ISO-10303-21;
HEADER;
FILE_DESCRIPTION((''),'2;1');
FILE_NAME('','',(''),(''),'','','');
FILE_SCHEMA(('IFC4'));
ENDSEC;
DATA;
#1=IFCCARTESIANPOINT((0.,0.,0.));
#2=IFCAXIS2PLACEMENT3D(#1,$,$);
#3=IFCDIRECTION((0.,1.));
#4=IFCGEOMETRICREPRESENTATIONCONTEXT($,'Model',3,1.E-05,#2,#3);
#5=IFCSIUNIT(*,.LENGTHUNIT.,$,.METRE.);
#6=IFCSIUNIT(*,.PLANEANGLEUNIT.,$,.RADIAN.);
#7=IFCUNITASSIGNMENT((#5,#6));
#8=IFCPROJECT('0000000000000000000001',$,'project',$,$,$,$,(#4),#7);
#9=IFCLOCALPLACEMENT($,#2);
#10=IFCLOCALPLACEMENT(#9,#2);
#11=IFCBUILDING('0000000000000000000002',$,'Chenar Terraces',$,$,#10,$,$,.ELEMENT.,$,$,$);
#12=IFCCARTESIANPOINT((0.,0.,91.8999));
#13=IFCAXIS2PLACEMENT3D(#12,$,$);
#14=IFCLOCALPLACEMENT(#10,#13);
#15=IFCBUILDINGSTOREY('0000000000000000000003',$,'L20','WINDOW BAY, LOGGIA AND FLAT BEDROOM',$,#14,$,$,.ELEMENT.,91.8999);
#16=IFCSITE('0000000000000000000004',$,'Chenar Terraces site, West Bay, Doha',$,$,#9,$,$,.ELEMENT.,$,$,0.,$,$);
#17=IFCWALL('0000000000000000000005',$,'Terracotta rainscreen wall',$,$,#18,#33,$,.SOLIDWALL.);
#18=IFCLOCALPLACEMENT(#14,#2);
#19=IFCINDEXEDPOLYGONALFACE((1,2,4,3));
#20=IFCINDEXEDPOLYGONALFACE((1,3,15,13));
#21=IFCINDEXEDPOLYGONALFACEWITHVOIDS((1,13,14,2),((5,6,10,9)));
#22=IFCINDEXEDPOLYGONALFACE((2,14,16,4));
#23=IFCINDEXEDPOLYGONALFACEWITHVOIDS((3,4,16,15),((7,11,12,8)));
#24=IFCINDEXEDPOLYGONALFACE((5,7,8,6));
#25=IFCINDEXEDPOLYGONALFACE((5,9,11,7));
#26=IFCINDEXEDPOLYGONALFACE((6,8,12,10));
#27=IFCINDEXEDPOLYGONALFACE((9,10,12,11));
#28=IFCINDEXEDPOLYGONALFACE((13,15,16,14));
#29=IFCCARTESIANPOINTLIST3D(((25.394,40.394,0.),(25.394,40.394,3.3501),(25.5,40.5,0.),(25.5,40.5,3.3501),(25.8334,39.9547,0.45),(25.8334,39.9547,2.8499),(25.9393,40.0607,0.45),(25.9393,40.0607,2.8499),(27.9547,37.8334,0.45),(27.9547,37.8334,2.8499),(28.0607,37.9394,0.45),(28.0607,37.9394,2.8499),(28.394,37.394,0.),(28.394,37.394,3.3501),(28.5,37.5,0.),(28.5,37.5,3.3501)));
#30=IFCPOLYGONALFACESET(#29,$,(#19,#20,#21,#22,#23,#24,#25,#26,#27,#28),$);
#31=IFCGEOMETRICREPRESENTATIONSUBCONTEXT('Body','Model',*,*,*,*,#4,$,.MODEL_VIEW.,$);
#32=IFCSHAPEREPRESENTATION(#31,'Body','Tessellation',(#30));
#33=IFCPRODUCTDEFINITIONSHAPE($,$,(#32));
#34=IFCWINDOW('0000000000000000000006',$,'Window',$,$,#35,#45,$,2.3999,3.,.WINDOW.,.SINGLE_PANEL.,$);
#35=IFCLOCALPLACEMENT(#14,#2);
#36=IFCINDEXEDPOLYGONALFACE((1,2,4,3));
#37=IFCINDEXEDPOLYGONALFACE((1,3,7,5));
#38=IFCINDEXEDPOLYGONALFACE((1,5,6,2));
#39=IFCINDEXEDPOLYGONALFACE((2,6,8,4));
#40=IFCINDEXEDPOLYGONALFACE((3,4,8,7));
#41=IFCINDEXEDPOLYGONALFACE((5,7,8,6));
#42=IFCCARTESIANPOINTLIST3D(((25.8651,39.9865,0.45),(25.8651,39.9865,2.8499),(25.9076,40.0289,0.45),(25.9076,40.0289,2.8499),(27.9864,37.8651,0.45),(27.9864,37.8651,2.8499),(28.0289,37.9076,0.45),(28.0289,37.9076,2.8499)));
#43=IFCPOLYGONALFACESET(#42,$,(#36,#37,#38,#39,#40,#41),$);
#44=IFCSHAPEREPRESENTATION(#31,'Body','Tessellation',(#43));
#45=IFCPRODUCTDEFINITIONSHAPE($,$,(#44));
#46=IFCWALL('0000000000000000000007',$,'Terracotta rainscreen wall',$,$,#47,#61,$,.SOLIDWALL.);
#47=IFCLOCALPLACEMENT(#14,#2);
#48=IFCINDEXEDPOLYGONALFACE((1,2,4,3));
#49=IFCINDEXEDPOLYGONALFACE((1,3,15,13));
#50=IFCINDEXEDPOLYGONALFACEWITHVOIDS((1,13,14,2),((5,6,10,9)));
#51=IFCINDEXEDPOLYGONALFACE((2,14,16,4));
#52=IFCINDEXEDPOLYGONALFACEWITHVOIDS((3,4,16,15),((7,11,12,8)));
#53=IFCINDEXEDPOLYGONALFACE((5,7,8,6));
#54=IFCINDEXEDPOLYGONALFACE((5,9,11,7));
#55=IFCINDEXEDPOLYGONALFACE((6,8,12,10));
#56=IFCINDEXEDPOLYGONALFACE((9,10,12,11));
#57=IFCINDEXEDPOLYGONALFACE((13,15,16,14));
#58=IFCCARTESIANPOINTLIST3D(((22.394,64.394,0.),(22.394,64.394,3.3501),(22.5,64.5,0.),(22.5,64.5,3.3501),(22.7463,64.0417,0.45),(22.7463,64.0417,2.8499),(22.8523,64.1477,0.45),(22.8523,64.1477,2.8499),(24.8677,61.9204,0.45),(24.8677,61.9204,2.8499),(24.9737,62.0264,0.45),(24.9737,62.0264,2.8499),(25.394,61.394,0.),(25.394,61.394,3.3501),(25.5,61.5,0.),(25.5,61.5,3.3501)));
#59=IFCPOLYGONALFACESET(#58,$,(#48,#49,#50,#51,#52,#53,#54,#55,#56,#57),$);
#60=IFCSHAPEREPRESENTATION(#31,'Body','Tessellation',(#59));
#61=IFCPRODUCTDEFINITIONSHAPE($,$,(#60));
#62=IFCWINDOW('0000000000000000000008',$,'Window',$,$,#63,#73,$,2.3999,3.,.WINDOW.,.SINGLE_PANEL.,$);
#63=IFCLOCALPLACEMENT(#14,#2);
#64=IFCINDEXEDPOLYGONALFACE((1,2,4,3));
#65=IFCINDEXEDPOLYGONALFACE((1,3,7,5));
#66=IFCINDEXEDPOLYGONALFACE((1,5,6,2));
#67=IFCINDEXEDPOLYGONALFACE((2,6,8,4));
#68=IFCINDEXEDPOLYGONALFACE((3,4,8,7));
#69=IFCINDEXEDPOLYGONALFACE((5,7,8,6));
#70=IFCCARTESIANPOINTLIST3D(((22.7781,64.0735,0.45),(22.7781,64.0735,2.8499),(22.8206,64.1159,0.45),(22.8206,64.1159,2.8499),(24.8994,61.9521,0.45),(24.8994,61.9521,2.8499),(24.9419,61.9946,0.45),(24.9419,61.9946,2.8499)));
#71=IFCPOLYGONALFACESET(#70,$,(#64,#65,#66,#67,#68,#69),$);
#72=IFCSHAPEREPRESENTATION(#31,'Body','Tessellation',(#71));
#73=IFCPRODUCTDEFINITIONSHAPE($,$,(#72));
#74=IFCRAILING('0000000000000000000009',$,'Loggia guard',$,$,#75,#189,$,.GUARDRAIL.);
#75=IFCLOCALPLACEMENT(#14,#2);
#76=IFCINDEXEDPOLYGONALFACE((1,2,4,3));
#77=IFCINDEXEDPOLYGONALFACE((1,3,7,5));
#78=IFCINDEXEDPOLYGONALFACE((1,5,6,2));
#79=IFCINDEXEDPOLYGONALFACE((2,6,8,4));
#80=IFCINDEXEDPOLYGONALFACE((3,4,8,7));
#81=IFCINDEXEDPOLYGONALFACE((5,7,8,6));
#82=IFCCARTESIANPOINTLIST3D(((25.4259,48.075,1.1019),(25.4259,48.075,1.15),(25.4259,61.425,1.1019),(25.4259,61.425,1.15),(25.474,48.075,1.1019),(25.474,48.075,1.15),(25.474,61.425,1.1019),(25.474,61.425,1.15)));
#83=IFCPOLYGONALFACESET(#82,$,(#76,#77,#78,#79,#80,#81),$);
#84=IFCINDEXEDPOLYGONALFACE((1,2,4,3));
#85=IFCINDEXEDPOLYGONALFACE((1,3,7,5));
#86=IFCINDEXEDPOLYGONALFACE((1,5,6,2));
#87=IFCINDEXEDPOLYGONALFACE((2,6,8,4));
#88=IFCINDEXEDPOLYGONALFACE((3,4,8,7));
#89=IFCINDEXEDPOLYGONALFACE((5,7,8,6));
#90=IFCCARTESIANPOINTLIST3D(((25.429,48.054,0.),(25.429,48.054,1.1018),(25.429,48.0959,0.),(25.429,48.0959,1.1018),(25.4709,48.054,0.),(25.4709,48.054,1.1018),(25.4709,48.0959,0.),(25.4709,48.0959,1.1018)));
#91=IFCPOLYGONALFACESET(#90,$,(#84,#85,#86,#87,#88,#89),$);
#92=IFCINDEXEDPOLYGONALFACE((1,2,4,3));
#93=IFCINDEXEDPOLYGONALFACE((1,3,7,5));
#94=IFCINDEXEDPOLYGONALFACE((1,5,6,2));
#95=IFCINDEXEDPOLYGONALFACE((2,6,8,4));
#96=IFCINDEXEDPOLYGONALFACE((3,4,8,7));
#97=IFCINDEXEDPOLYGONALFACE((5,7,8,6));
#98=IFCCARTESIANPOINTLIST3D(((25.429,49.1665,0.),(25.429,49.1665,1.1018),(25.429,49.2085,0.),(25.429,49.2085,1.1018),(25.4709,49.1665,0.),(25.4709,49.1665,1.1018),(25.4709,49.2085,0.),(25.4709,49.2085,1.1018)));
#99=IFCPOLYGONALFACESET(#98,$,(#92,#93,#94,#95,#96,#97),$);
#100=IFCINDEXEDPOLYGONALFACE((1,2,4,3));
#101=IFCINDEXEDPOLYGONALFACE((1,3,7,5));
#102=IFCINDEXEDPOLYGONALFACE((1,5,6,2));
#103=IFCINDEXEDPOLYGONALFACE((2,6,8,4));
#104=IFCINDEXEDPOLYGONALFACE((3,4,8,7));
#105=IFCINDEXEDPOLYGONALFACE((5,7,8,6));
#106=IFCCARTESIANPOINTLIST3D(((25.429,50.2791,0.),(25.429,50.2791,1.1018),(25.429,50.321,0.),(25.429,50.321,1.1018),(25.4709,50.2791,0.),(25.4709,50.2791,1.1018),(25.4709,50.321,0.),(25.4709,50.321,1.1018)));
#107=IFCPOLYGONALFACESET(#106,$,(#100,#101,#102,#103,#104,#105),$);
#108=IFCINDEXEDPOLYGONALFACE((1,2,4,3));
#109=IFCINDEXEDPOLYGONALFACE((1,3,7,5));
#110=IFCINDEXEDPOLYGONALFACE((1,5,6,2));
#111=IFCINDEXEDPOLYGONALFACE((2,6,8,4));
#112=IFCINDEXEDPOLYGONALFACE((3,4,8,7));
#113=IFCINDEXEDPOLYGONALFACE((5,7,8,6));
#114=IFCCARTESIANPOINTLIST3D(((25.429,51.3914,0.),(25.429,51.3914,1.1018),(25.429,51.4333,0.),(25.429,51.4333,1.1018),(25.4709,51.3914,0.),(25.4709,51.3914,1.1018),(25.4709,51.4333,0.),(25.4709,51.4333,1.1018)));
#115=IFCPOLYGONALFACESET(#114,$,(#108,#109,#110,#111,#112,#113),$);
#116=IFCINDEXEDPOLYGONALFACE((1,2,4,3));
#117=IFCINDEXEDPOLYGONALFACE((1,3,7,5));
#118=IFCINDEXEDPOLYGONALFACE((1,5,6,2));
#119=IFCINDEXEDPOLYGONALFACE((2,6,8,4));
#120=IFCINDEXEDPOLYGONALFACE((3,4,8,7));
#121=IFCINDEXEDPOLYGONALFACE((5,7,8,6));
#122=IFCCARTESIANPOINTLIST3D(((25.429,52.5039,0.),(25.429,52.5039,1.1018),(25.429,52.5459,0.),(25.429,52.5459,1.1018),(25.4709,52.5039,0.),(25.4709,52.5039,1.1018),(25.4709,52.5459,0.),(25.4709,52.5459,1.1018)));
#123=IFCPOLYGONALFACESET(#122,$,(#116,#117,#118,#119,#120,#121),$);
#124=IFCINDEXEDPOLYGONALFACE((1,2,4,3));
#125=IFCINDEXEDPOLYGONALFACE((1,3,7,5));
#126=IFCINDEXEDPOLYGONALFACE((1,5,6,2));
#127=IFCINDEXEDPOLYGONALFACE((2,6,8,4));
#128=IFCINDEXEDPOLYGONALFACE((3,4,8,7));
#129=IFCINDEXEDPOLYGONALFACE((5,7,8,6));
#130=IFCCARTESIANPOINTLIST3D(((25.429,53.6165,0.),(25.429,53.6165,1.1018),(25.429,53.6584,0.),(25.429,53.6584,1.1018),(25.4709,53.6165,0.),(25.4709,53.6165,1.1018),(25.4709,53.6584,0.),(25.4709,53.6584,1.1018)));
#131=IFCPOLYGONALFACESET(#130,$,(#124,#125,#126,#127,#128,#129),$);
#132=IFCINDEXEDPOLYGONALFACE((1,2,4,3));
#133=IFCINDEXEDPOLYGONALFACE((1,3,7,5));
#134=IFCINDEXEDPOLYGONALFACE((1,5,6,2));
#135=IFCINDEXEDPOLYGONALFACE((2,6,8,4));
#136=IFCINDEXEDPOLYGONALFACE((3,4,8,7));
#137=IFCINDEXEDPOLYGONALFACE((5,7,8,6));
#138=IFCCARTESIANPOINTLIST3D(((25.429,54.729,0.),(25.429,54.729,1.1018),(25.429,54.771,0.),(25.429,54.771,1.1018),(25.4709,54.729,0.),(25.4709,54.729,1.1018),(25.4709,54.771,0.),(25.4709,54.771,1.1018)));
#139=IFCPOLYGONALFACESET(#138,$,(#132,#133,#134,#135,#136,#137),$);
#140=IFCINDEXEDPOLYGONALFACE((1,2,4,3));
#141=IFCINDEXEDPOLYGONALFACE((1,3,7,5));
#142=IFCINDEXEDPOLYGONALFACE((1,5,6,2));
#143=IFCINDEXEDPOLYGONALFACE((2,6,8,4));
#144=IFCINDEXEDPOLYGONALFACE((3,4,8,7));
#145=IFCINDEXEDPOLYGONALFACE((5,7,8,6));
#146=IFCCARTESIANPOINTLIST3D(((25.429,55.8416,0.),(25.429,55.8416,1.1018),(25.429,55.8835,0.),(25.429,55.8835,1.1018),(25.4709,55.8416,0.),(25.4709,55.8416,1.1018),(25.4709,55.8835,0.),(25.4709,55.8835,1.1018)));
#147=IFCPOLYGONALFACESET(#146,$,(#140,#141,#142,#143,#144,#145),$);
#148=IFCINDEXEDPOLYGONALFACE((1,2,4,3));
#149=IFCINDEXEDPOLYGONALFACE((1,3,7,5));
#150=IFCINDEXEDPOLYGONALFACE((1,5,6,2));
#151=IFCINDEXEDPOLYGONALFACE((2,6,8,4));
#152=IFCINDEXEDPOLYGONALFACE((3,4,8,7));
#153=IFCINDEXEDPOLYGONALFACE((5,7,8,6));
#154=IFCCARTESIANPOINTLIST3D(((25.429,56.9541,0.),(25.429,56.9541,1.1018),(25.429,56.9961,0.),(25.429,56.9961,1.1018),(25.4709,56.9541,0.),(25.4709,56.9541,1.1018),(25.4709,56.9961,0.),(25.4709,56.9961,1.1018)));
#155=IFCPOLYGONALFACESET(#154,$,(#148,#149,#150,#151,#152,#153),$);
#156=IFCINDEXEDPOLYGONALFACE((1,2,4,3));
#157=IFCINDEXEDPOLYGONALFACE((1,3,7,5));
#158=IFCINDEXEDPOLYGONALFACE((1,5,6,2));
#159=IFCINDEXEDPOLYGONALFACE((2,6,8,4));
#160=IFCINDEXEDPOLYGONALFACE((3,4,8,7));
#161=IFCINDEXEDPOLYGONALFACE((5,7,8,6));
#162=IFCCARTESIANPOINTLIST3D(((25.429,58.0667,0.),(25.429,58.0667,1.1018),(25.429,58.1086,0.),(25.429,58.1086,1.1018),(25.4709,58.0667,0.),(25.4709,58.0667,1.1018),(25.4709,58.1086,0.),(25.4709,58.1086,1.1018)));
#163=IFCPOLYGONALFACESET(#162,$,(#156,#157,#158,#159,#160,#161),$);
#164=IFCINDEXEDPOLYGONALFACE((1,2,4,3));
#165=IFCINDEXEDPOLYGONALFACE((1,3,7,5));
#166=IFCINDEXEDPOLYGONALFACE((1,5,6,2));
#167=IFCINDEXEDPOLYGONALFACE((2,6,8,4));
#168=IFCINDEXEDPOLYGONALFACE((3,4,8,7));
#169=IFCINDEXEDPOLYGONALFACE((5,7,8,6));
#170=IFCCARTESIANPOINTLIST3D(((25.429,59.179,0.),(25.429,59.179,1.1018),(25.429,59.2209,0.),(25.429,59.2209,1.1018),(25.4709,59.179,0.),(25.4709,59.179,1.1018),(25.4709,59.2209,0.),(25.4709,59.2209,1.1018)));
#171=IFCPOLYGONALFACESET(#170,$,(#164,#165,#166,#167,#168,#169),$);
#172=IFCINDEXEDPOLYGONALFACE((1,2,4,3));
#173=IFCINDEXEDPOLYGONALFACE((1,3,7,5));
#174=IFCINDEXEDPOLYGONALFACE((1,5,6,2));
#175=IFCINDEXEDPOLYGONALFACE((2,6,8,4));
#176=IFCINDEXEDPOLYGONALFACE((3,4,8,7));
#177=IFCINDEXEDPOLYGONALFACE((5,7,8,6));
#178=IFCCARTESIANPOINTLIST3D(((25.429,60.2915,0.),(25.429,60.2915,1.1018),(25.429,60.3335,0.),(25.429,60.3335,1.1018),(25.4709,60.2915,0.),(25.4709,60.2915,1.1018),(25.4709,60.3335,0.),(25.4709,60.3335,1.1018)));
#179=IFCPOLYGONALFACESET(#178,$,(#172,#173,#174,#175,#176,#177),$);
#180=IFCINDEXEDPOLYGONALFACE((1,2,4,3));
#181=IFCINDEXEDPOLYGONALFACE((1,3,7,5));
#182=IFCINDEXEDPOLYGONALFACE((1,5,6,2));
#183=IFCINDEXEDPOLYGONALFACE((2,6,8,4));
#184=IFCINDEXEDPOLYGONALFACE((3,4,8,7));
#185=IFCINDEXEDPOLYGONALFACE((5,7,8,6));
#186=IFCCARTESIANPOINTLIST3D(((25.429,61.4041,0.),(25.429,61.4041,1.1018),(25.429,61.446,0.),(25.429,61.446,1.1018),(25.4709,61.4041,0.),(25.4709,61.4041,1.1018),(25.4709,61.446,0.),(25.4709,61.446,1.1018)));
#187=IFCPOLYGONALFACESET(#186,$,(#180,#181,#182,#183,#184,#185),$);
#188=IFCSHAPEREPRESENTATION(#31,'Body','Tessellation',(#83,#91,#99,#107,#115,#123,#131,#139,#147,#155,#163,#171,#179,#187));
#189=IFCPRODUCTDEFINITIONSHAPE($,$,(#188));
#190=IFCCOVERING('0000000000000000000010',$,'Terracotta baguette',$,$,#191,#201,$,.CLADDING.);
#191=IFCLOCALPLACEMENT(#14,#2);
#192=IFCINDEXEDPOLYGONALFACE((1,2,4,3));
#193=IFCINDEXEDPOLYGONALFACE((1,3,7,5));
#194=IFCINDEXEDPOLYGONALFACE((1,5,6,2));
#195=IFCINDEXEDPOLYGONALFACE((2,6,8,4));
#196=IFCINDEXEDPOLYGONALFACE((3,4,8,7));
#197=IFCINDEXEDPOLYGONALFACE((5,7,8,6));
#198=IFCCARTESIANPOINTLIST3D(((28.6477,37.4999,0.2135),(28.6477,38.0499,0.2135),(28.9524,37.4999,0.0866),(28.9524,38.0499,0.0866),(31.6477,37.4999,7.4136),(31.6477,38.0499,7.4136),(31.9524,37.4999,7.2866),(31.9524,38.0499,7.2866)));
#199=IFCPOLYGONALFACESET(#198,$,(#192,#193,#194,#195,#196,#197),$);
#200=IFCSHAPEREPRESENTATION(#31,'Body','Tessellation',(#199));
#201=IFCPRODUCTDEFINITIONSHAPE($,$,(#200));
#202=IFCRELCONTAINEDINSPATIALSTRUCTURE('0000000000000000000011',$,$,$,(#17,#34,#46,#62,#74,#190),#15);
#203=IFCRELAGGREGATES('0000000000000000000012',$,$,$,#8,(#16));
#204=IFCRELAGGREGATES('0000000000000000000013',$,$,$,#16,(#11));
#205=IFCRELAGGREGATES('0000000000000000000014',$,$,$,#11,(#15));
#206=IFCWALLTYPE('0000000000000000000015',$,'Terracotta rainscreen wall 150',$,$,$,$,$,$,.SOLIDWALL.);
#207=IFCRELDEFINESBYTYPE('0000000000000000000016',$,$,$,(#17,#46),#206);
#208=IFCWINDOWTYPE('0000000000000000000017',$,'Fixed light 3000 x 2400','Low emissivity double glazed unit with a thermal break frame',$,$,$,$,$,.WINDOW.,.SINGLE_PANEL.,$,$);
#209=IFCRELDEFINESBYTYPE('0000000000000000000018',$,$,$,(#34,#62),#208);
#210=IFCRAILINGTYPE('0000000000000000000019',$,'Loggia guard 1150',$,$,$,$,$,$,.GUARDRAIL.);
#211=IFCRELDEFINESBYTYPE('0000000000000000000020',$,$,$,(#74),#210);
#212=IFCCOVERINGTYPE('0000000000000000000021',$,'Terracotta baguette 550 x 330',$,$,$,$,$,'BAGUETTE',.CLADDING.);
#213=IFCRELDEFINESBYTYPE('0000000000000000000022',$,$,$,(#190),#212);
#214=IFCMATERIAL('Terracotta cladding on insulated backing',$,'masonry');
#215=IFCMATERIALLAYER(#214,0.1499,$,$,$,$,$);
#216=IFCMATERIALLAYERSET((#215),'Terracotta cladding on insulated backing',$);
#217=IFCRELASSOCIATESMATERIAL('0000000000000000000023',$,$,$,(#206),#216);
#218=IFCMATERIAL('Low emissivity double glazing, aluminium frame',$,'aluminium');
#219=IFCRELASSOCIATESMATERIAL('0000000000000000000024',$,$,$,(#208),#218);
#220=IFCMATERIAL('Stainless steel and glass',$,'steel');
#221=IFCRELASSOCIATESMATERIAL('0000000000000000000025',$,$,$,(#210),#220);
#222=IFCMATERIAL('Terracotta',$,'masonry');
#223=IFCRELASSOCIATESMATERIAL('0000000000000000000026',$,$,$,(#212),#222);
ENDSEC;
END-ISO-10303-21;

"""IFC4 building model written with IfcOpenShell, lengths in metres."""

from ifc_helpers import new_model, si_unit, direction, frame, frame_2d, origin, origin_2d, place, context, subcontext, project, spatial, rectangle, extrude, material, layer, layer_set, material_profile, profile_set, type_object, element, fill, save


model = new_model("IFC4")

# Units and contexts
model_context = context("Model", 3, precision=1e-05, world=origin(), true_north=direction((0.0, 1.0)))
body_context = subcontext(model_context, "Body", "Model", "MODEL_VIEW")
ifc_project = project(units=[si_unit("LENGTHUNIT", "METRE"), si_unit("PLANEANGLEUNIT", "RADIAN")], contexts=[model_context])

# Site, building, storey
site_placement = place(None, origin())
site = spatial("IfcSite", under=ifc_project, at=site_placement, Name="Chenar Terraces site, West Bay, Doha", CompositionType="ELEMENT", RefElevation=0.0)
building_placement = place(site_placement, origin())
building = spatial("IfcBuilding", under=site, at=building_placement, Name="Chenar Terraces", CompositionType="ELEMENT")
storey_placement = place(building_placement, frame((0.0, 0.0, 91.8999)))
storey = spatial("IfcBuildingStorey", under=building, at=storey_placement, Name="L20", Description="WINDOW BAY, LOGGIA AND FLAT BEDROOM", CompositionType="ELEMENT", Elevation=91.8999)

# Walls, openings, windows
ifc_material_1 = material(Name="Terracotta cladding on insulated backing", Category="masonry")
ifc_layer_1 = layer(ifc_material_1, 0.1499)
ifc_layer_set_1 = layer_set([ifc_layer_1], Name="Terracotta cladding on insulated backing")
wall_type_1 = type_object("IfcWallType", Name="Terracotta rainscreen wall 150", PredefinedType="SOLIDWALL", material=ifc_layer_set_1)
wall_1_placement = place(storey_placement, frame((28.447, 37.447, 0.0), z_axis=(0.0, 0.0, 1.0), x_axis=(-0.707107, 0.707107, 0.0)))
wall_1 = element("IfcWall", 1, at=wall_1_placement, inside=storey, type_object=wall_type_1, Name="Terracotta rainscreen wall", PredefinedType="SOLIDWALL", context=body_context, shape_type="SweptSolid", body=[
    extrude(rectangle(XDim=4.2427, YDim=0.1499, at=frame_2d((2.1213, 0.0))), origin(), (0.0, 0.0, 1.0), 3.3501),
])
opening_1_placement = place(wall_1_placement, frame((0.6213, 0.0, 0.45)))
opening_1 = element("IfcOpeningElement", 2, at=opening_1_placement, cuts=wall_1, PredefinedType="OPENING", context=body_context, shape_type="SweptSolid", body=[
    extrude(rectangle(XDim=3.0, YDim=2.3999, at=frame_2d((1.5, 1.2))), frame((0.0, 0.085, 0.0), z_axis=(0.0, -1.0, 0.0), x_axis=(1.0, 0.0, 0.0)), (0.0, 0.0, 1.0), 0.1699),
])
ifc_material_2 = material(Name="Low emissivity double glazing, aluminium frame", Category="aluminium")
window_type_1 = type_object("IfcWindowType", Name="Fixed light 3000 x 2400", Description="Low emissivity double glazed unit with a thermal break frame", PartitioningType="SINGLE_PANEL", PredefinedType="WINDOW", material=ifc_material_2)
window_1_placement = place(opening_1_placement, origin())
window_1 = element("IfcWindow", 3, at=window_1_placement, inside=storey, type_object=window_type_1, Name="Window", OverallHeight=2.3999, OverallWidth=3.0, PartitioningType="SINGLE_PANEL", PredefinedType="WINDOW", context=body_context, shape_type="SweptSolid", body=[
    extrude(rectangle(XDim=3.0, YDim=2.3999, at=frame_2d((1.5, 1.2))), frame((0.0, 0.03, 0.0), z_axis=(0.0, -1.0, 0.0), x_axis=(1.0, 0.0, 0.0)), (0.0, 0.0, 1.0), 0.0601),
])
fill(opening_1, window_1)
wall_2_placement = place(storey_placement, frame((25.447, 61.447, 0.0), z_axis=(0.0, 0.0, 1.0), x_axis=(-0.707107, 0.707107, 0.0)))
wall_2 = element("IfcWall", 4, at=wall_2_placement, inside=storey, type_object=wall_type_1, Name="Terracotta rainscreen wall", PredefinedType="SOLIDWALL", context=body_context, shape_type="SweptSolid", body=[
    extrude(rectangle(XDim=4.2427, YDim=0.1499, at=frame_2d((2.1213, 0.0))), origin(), (0.0, 0.0, 1.0), 3.3501),
])
opening_2_placement = place(wall_2_placement, frame((0.7444, 0.0, 0.45)))
opening_2 = element("IfcOpeningElement", 5, at=opening_2_placement, cuts=wall_2, PredefinedType="OPENING", context=body_context, shape_type="SweptSolid", body=[
    extrude(rectangle(XDim=3.0, YDim=2.3999, at=frame_2d((1.5, 1.2))), frame((0.0, 0.085, 0.0), z_axis=(0.0, -1.0, 0.0), x_axis=(1.0, 0.0, 0.0)), (0.0, 0.0, 1.0), 0.1699),
])
window_2_placement = place(opening_2_placement, origin())
window_2 = element("IfcWindow", 6, at=window_2_placement, inside=storey, type_object=window_type_1, Name="Window", OverallHeight=2.3999, OverallWidth=3.0, PartitioningType="SINGLE_PANEL", PredefinedType="WINDOW", context=body_context, shape_type="SweptSolid", body=[
    extrude(rectangle(XDim=3.0, YDim=2.3999, at=frame_2d((1.5, 1.2))), frame((0.0, 0.03, 0.0), z_axis=(0.0, -1.0, 0.0), x_axis=(1.0, 0.0, 0.0)), (0.0, 0.0, 1.0), 0.0601),
])
fill(opening_2, window_2)

# Railing
ifc_material_3 = material(Name="Stainless steel and glass", Category="steel")
railing_type = type_object("IfcRailingType", Name="Loggia guard 1150", PredefinedType="GUARDRAIL", material=ifc_material_3)
railing_placement = place(storey_placement, frame((25.45, 48.075, 0.0)))
element("IfcRailing", 7, at=railing_placement, inside=storey, type_object=railing_type, Name="Loggia guard", PredefinedType="GUARDRAIL", context=body_context, shape_type="SweptSolid", body=[
    extrude(rectangle(XDim=0.0481, YDim=0.0481, at=origin_2d()), frame((0.0, 0.0, 1.126), z_axis=(0.0, 1.0, 0.0), x_axis=(-1.0, 0.0, 0.0)), (0.0, 0.0, 1.0), 13.3501),
    extrude(rectangle(XDim=0.042, YDim=0.042, at=origin_2d()), origin(), (0.0, 0.0, 1.0), 1.1018),
    extrude(rectangle(XDim=0.042, YDim=0.042, at=origin_2d()), frame((0.0, 1.1125, 0.0)), (0.0, 0.0, 1.0), 1.1018),
    extrude(rectangle(XDim=0.042, YDim=0.042, at=origin_2d()), frame((0.0, 2.2251, 0.0)), (0.0, 0.0, 1.0), 1.1018),
    extrude(rectangle(XDim=0.042, YDim=0.042, at=origin_2d()), frame((0.0, 3.3374, 0.0)), (0.0, 0.0, 1.0), 1.1018),
    extrude(rectangle(XDim=0.042, YDim=0.042, at=origin_2d()), frame((0.0, 4.45, 0.0)), (0.0, 0.0, 1.0), 1.1018),
    extrude(rectangle(XDim=0.042, YDim=0.042, at=origin_2d()), frame((0.0, 5.5625, 0.0)), (0.0, 0.0, 1.0), 1.1018),
    extrude(rectangle(XDim=0.042, YDim=0.042, at=origin_2d()), frame((0.0, 6.675, 0.0)), (0.0, 0.0, 1.0), 1.1018),
    extrude(rectangle(XDim=0.042, YDim=0.042, at=origin_2d()), frame((0.0, 7.7876, 0.0)), (0.0, 0.0, 1.0), 1.1018),
    extrude(rectangle(XDim=0.042, YDim=0.042, at=origin_2d()), frame((0.0, 8.9001, 0.0)), (0.0, 0.0, 1.0), 1.1018),
    extrude(rectangle(XDim=0.042, YDim=0.042, at=origin_2d()), frame((0.0, 10.0127, 0.0)), (0.0, 0.0, 1.0), 1.1018),
    extrude(rectangle(XDim=0.042, YDim=0.042, at=origin_2d()), frame((0.0, 11.125, 0.0)), (0.0, 0.0, 1.0), 1.1018),
    extrude(rectangle(XDim=0.042, YDim=0.042, at=origin_2d()), frame((0.0, 12.2375, 0.0)), (0.0, 0.0, 1.0), 1.1018),
    extrude(rectangle(XDim=0.042, YDim=0.042, at=origin_2d()), frame((0.0, 13.3501, 0.0)), (0.0, 0.0, 1.0), 1.1018),
])

# Covering
ifc_material_4 = material(Name="Terracotta", Category="masonry")
ifc_material_profile_1 = material_profile(ifc_material_4, rectangle(XDim=0.55, YDim=0.3301, at=origin_2d()), Name="Terracotta baguette 550 x 330")
ifc_profile_set_1 = profile_set([ifc_material_profile_1], Name="Terracotta")
covering_type = type_object("IfcCoveringType", Name="Terracotta baguette 550 x 330", ElementType="BAGUETTE", PredefinedType="CLADDING", material=ifc_profile_set_1)
covering_1_placement = place(storey_placement, frame((31.8, 37.7749, 7.3501), z_axis=(-0.384618, 0.0, -0.923076), x_axis=(0.0, -1.0, 0.0)))
element("IfcCovering", 8, at=covering_1_placement, inside=storey, type_object=covering_type, Name="Terracotta baguette", PredefinedType="CLADDING", context=body_context, shape_type="SweptSolid", body=[
    extrude(rectangle(XDim=0.55, YDim=0.3301, at=origin_2d()), origin(), (0.0, 0.0, 1.0), 7.8),
])

save(model, "model.ifc")
